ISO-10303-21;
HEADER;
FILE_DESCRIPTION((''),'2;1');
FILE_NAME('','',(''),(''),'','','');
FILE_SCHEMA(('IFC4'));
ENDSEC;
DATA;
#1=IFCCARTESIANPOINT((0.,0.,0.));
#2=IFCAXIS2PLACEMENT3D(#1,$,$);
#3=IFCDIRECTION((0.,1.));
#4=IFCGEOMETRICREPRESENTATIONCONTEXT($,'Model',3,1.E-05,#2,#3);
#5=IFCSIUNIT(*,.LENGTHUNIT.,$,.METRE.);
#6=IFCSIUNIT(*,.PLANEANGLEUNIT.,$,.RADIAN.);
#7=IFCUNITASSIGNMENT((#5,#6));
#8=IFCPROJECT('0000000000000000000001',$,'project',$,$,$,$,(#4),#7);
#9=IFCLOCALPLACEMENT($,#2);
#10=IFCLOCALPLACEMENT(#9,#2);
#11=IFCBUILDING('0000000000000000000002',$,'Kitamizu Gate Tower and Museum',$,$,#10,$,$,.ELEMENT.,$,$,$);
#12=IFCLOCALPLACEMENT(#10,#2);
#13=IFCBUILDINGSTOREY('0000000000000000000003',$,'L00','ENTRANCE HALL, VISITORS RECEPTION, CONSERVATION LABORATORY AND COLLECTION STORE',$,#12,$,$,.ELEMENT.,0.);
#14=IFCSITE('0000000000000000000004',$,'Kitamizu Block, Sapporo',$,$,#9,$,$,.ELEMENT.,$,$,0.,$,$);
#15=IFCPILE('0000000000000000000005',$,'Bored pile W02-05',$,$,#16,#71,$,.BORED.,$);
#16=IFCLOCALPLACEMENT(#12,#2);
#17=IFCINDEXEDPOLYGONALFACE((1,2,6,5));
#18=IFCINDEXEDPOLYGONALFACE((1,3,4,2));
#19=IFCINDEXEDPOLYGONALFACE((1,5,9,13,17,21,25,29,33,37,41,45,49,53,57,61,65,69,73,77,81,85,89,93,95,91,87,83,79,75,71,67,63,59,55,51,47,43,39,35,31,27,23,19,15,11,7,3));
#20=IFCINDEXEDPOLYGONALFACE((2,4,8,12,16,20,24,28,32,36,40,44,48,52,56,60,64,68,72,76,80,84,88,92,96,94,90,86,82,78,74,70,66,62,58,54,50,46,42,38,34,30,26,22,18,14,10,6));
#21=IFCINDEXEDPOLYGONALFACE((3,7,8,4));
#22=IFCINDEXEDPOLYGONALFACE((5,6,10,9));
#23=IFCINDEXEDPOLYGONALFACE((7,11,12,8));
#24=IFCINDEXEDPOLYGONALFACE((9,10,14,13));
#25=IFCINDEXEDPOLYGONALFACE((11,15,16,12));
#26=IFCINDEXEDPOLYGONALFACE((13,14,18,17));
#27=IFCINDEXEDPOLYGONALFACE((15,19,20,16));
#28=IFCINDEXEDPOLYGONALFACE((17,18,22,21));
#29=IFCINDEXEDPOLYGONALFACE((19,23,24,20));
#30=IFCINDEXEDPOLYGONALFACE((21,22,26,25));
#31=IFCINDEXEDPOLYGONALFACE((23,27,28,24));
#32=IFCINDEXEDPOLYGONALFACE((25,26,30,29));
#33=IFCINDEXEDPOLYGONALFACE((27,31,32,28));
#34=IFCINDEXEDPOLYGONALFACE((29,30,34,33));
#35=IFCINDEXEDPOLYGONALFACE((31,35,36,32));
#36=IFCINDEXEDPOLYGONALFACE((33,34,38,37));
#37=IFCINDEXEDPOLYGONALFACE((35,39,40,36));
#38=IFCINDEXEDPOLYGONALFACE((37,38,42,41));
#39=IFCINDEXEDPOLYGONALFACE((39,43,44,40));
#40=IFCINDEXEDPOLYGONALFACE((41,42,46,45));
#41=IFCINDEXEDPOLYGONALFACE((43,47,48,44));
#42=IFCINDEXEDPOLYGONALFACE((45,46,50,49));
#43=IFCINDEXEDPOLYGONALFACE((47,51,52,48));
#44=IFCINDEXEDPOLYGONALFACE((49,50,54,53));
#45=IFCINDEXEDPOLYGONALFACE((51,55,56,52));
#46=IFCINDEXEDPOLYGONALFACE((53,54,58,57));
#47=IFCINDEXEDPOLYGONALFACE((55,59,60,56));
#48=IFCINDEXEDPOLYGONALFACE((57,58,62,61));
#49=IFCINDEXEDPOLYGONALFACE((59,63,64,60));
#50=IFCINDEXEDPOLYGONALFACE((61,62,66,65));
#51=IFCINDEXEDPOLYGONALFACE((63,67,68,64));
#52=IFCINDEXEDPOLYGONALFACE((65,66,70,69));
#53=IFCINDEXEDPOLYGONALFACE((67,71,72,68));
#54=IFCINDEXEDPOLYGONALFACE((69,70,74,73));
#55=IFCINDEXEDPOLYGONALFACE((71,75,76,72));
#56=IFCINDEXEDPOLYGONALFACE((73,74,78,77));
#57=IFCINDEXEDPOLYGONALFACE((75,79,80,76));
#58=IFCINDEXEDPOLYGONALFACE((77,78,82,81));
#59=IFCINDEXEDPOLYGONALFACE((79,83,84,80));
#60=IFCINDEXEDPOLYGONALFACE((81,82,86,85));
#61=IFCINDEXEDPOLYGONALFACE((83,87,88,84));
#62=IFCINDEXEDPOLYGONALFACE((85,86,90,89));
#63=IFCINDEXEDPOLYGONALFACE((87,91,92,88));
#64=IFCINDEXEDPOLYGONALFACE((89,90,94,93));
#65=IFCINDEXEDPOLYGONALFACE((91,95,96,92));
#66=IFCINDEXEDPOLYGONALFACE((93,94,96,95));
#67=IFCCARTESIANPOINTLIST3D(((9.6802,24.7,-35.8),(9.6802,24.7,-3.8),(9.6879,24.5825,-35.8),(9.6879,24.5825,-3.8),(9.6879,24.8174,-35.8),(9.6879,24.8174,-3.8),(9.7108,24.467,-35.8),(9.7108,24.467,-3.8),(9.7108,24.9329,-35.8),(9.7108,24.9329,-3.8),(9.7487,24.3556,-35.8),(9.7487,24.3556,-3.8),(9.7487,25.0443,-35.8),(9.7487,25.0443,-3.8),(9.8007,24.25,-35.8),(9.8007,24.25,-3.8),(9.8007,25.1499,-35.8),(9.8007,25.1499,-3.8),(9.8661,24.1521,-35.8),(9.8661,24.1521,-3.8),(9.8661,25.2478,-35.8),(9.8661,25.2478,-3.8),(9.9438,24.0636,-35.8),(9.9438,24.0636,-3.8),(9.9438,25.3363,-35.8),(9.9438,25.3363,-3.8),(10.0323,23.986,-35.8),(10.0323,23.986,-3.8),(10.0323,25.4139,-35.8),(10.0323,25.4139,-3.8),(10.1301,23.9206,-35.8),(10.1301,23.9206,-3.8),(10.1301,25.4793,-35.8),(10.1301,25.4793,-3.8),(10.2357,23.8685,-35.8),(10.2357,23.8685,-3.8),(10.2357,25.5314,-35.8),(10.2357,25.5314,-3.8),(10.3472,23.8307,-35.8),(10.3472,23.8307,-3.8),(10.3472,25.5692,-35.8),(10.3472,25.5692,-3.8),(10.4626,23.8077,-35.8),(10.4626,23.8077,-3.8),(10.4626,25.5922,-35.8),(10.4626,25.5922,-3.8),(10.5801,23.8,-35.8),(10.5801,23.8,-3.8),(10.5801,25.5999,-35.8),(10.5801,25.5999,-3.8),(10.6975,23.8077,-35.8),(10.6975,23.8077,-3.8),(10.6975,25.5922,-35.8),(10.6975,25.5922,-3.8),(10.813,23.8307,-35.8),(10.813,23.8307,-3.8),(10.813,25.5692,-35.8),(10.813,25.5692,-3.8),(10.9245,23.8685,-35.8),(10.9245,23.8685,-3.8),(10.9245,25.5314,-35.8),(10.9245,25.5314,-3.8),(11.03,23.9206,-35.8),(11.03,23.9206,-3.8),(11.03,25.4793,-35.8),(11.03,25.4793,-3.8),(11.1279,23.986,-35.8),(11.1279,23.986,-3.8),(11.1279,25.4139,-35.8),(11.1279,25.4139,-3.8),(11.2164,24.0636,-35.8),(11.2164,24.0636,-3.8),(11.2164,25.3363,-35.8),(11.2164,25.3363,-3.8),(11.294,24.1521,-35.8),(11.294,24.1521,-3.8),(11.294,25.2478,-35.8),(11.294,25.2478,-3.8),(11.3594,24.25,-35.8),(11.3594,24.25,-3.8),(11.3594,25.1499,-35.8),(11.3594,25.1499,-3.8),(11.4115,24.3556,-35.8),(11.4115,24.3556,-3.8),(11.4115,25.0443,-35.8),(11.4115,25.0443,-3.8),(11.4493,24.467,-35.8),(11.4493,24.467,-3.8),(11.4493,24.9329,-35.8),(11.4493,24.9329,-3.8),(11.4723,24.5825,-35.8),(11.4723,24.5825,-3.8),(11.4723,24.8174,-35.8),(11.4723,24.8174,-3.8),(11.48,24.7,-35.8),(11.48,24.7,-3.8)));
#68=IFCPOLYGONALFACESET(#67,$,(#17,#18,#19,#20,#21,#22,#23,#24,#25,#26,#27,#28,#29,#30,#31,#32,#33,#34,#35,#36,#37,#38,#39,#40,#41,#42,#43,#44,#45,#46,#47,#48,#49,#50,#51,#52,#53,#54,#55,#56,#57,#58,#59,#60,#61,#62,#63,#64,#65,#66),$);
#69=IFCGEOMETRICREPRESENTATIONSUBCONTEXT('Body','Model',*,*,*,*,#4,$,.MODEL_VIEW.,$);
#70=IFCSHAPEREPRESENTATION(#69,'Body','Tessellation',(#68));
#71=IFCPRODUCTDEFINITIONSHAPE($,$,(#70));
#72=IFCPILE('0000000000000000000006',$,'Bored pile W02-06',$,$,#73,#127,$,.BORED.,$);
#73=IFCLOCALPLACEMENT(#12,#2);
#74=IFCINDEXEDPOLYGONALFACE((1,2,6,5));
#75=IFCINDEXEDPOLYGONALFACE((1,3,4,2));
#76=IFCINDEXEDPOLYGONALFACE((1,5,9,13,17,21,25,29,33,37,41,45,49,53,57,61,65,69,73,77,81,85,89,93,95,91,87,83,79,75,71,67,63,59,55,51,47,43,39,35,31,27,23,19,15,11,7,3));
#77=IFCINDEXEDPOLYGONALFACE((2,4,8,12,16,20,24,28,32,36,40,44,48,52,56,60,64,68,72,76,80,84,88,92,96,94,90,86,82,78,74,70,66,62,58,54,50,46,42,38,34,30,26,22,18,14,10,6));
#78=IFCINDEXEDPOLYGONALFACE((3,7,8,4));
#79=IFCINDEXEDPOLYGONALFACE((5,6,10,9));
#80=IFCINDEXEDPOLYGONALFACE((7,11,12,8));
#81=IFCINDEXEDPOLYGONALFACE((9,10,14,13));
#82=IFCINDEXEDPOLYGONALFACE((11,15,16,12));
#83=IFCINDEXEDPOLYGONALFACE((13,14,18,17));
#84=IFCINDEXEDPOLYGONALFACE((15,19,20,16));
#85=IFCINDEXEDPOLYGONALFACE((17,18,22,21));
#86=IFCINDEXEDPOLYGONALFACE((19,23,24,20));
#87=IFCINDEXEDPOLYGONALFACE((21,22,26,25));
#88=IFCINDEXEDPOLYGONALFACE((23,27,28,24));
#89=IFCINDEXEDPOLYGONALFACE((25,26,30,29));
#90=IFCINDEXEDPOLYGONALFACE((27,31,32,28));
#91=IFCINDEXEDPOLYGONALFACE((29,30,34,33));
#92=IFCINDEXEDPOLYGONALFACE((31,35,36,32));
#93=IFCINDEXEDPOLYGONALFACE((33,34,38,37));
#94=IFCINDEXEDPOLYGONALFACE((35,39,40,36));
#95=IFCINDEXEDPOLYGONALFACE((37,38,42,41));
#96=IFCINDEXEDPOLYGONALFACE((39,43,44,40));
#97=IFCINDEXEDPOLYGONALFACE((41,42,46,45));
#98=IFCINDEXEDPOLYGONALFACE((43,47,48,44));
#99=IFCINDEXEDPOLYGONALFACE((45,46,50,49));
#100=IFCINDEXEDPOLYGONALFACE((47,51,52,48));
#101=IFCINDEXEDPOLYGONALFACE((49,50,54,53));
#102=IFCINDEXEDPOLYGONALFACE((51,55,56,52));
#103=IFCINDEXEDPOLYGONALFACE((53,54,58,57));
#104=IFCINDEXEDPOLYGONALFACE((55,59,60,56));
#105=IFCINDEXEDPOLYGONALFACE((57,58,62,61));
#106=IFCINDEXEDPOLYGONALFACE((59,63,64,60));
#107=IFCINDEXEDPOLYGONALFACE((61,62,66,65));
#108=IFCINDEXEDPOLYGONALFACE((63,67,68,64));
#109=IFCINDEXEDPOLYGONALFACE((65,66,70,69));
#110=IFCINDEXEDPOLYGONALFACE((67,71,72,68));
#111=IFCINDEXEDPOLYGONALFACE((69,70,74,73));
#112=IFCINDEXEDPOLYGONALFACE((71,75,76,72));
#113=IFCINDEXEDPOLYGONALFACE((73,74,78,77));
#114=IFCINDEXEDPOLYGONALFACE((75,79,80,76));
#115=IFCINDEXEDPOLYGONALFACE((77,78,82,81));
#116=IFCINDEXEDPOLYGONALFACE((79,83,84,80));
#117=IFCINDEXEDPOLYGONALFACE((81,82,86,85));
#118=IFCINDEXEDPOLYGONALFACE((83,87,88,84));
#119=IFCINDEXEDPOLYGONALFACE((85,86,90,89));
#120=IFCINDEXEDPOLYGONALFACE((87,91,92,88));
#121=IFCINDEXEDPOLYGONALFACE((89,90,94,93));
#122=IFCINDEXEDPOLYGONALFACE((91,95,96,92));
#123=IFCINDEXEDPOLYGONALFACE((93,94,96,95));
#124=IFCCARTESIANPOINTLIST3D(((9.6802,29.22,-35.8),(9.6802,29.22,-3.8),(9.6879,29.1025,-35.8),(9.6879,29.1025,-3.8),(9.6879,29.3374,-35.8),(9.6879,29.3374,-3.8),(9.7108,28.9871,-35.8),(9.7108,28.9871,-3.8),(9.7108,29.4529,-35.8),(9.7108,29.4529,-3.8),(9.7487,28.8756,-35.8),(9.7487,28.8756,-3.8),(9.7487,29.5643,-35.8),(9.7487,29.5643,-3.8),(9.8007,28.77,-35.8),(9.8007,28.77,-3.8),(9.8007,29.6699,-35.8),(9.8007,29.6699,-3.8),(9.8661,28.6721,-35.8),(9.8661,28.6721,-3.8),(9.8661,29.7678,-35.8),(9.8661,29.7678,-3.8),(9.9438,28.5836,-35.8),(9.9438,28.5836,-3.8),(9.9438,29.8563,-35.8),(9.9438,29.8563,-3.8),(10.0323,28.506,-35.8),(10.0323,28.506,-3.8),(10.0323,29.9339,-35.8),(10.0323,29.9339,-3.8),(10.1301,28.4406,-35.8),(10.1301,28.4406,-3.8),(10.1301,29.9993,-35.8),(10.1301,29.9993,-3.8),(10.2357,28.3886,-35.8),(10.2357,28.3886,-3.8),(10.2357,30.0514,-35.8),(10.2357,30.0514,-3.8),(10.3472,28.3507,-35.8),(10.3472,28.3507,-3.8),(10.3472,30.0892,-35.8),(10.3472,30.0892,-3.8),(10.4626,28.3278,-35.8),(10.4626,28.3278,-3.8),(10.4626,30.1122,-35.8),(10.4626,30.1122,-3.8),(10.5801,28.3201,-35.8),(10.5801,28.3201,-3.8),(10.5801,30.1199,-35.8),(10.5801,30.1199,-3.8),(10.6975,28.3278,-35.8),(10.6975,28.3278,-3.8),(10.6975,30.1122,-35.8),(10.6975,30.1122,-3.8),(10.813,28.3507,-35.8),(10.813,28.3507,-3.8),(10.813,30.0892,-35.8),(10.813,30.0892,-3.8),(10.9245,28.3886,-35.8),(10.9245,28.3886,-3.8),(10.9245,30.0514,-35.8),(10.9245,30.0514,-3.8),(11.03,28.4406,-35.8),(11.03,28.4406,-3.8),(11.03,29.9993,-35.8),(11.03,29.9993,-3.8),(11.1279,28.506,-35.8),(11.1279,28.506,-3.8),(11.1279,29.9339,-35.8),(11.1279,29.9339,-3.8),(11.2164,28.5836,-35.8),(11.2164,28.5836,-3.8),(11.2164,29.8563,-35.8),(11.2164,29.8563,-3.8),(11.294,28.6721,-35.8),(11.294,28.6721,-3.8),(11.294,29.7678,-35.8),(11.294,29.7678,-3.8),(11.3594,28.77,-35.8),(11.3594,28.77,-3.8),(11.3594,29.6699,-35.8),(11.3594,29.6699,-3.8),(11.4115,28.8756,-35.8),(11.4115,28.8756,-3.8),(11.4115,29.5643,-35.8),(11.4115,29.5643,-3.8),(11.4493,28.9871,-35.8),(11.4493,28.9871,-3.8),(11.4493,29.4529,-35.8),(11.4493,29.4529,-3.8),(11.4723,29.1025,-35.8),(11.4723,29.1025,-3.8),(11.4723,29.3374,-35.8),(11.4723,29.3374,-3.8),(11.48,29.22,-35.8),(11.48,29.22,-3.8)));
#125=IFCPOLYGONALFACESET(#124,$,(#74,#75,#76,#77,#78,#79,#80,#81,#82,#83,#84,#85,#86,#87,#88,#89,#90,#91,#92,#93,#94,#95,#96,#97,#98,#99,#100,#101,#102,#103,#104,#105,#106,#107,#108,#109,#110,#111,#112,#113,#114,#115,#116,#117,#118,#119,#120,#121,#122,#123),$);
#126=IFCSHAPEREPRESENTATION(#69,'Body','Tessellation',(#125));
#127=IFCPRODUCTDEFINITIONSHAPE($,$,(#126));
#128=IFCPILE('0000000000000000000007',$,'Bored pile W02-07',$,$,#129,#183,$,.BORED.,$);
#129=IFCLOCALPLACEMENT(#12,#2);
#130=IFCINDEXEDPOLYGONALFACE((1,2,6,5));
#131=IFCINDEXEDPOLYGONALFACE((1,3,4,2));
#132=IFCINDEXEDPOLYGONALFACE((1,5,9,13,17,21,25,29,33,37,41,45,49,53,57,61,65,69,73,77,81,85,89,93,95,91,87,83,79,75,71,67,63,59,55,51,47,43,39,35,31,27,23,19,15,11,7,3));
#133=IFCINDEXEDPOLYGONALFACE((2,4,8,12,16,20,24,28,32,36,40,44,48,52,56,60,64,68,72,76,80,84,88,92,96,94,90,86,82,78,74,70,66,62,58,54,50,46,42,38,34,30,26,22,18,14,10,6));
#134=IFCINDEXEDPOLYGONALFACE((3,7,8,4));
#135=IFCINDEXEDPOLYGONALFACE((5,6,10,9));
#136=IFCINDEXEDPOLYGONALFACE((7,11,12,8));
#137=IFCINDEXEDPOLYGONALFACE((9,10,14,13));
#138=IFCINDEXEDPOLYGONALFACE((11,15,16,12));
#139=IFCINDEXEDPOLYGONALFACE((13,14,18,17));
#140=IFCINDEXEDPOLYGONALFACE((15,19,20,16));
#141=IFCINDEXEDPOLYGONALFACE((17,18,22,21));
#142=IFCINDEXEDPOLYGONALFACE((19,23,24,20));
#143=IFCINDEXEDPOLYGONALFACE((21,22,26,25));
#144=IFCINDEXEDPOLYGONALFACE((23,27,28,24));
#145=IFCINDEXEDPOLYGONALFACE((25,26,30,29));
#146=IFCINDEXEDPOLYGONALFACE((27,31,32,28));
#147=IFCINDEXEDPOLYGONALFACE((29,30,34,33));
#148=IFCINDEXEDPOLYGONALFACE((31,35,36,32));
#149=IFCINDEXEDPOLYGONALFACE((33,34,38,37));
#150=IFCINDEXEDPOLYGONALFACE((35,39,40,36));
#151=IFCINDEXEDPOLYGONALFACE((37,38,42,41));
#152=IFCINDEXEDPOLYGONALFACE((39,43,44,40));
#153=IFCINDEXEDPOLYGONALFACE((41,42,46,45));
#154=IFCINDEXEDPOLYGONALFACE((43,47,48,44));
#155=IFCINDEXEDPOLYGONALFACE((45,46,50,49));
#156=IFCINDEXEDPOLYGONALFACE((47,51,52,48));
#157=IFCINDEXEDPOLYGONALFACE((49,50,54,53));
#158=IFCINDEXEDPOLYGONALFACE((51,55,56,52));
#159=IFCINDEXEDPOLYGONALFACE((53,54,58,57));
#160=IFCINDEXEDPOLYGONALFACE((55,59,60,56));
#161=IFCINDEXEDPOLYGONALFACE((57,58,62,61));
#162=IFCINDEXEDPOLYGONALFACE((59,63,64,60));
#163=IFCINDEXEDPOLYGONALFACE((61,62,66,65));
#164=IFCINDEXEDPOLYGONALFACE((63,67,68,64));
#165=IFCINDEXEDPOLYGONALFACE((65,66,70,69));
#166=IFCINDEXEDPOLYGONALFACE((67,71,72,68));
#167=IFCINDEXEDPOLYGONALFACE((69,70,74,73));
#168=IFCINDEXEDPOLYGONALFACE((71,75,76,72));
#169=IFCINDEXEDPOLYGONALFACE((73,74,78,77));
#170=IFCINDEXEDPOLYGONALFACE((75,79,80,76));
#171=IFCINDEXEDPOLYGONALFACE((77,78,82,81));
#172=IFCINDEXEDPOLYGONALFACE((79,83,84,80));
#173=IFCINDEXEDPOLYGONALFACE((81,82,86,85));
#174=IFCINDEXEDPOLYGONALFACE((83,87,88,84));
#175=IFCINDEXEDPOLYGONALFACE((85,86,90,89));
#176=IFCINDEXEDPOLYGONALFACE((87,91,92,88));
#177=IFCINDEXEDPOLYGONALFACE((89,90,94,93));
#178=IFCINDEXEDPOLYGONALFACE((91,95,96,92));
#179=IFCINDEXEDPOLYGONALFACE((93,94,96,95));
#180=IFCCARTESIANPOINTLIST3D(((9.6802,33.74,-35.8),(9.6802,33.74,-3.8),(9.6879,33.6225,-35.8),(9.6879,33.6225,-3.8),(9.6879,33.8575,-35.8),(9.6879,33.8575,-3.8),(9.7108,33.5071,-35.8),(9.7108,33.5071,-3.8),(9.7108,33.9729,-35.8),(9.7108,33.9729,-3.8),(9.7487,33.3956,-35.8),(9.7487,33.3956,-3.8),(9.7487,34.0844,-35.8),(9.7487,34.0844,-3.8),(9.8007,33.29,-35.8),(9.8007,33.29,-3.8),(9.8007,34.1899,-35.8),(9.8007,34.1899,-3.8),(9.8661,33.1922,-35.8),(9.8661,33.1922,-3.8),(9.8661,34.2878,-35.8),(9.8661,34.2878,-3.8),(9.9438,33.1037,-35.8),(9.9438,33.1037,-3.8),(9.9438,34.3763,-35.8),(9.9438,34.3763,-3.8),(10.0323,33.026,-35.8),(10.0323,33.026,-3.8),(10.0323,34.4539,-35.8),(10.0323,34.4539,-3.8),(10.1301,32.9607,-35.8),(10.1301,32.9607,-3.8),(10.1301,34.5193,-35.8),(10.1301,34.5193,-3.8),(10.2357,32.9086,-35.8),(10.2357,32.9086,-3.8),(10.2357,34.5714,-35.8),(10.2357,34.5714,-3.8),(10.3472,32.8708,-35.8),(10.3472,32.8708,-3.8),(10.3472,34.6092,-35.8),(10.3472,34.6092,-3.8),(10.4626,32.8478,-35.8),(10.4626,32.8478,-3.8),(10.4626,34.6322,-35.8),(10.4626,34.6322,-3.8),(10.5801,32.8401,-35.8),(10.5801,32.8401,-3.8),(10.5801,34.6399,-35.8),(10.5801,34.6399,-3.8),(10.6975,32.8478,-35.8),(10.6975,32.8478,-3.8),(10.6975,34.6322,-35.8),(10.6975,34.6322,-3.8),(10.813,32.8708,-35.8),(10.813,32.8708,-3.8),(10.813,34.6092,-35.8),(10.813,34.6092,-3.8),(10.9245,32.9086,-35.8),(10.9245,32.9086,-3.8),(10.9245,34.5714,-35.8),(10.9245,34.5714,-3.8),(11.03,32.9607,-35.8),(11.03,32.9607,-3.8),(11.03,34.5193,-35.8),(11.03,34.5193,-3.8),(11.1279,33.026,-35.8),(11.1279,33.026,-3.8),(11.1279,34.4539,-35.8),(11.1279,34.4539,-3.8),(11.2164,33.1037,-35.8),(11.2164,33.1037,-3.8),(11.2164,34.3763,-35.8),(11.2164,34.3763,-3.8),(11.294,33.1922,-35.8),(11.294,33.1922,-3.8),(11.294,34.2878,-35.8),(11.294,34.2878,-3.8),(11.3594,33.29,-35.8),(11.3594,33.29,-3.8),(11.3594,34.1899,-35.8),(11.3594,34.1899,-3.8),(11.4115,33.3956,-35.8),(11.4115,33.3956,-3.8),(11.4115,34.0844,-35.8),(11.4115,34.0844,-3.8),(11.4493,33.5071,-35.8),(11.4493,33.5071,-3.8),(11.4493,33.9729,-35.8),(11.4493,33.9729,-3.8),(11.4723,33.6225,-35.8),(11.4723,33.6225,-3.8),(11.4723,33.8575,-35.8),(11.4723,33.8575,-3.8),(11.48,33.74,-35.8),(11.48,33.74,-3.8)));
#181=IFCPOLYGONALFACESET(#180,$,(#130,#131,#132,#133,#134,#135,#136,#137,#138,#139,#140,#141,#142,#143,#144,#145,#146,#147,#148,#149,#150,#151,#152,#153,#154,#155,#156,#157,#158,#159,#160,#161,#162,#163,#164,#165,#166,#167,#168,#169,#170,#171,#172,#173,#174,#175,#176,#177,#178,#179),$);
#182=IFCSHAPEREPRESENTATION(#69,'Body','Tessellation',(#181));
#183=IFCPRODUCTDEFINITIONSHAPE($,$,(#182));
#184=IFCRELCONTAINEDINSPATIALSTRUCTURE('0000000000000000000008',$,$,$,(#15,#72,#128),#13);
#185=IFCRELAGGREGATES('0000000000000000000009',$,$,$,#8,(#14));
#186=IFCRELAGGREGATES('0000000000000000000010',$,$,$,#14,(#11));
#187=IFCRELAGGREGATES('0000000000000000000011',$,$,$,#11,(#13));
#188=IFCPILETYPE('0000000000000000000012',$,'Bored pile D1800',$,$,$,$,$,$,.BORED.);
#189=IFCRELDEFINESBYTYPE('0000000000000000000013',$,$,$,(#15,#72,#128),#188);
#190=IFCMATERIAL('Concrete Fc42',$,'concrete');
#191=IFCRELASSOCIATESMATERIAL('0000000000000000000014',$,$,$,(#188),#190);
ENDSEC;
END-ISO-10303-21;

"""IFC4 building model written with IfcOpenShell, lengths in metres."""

from ifc_helpers import new_model, si_unit, direction, frame, origin, origin_2d, place, context, subcontext, project, spatial, circle, extrude, material, material_profile, profile_set, type_object, element, save


model = new_model("IFC4")

# Units and contexts
model_context = context("Model", 3, precision=1e-05, world=origin(), true_north=direction((0.0, 1.0)))
body_context = subcontext(model_context, "Body", "Model", "MODEL_VIEW")
ifc_project = project(units=[si_unit("LENGTHUNIT", "METRE"), si_unit("PLANEANGLEUNIT", "RADIAN")], contexts=[model_context])

# Site, building, storey
site_placement = place(None, origin())
site = spatial("IfcSite", under=ifc_project, at=site_placement, Name="Kitamizu Block, Sapporo", CompositionType="ELEMENT", RefElevation=0.0)
building_placement = place(site_placement, origin())
building = spatial("IfcBuilding", under=site, at=building_placement, Name="Kitamizu Gate Tower and Museum", CompositionType="ELEMENT")
storey_placement = place(building_placement, origin())
storey = spatial("IfcBuildingStorey", under=building, at=storey_placement, Name="L00", Description="ENTRANCE HALL, VISITORS RECEPTION, CONSERVATION LABORATORY AND COLLECTION STORE", CompositionType="ELEMENT", Elevation=0.0)

# Piles
ifc_material_1 = material(Name="Concrete Fc42", Category="concrete")
ifc_material_profile = material_profile(ifc_material_1, circle(Radius=0.8999, at=origin_2d()), Name="Bored pile D1800")
ifc_profile_set = profile_set([ifc_material_profile], Name="Concrete Fc42")
pile_type = type_object("IfcPileType", Name="Bored pile D1800", PredefinedType="BORED", material=ifc_profile_set)
for number, where, z_axis, x_axis, name in (
    (1, (10.5801, 24.7, -3.8), (0.0, 0.0, -1.0), (1.0, 0.0, 0.0), "Bored pile W02-05"),
    (2, (10.5801, 29.22, -3.8), (0.0, 0.0, -1.0), (1.0, 0.0, 0.0), "Bored pile W02-06"),
    (3, (10.5801, 33.74, -3.8), (0.0, 0.0, -1.0), (1.0, 0.0, 0.0), "Bored pile W02-07"),
):
    element("IfcPile", number, at=place(storey_placement, frame(where, z_axis=z_axis, x_axis=x_axis)), inside=storey, type_object=pile_type, Name=name, PredefinedType="BORED", context=body_context, shape_type="SweptSolid", body=[
        extrude(circle(Radius=0.8999, at=origin_2d()), origin(), (0.0, 0.0, 1.0), 32.0),
    ])

save(model, "model.ifc")
